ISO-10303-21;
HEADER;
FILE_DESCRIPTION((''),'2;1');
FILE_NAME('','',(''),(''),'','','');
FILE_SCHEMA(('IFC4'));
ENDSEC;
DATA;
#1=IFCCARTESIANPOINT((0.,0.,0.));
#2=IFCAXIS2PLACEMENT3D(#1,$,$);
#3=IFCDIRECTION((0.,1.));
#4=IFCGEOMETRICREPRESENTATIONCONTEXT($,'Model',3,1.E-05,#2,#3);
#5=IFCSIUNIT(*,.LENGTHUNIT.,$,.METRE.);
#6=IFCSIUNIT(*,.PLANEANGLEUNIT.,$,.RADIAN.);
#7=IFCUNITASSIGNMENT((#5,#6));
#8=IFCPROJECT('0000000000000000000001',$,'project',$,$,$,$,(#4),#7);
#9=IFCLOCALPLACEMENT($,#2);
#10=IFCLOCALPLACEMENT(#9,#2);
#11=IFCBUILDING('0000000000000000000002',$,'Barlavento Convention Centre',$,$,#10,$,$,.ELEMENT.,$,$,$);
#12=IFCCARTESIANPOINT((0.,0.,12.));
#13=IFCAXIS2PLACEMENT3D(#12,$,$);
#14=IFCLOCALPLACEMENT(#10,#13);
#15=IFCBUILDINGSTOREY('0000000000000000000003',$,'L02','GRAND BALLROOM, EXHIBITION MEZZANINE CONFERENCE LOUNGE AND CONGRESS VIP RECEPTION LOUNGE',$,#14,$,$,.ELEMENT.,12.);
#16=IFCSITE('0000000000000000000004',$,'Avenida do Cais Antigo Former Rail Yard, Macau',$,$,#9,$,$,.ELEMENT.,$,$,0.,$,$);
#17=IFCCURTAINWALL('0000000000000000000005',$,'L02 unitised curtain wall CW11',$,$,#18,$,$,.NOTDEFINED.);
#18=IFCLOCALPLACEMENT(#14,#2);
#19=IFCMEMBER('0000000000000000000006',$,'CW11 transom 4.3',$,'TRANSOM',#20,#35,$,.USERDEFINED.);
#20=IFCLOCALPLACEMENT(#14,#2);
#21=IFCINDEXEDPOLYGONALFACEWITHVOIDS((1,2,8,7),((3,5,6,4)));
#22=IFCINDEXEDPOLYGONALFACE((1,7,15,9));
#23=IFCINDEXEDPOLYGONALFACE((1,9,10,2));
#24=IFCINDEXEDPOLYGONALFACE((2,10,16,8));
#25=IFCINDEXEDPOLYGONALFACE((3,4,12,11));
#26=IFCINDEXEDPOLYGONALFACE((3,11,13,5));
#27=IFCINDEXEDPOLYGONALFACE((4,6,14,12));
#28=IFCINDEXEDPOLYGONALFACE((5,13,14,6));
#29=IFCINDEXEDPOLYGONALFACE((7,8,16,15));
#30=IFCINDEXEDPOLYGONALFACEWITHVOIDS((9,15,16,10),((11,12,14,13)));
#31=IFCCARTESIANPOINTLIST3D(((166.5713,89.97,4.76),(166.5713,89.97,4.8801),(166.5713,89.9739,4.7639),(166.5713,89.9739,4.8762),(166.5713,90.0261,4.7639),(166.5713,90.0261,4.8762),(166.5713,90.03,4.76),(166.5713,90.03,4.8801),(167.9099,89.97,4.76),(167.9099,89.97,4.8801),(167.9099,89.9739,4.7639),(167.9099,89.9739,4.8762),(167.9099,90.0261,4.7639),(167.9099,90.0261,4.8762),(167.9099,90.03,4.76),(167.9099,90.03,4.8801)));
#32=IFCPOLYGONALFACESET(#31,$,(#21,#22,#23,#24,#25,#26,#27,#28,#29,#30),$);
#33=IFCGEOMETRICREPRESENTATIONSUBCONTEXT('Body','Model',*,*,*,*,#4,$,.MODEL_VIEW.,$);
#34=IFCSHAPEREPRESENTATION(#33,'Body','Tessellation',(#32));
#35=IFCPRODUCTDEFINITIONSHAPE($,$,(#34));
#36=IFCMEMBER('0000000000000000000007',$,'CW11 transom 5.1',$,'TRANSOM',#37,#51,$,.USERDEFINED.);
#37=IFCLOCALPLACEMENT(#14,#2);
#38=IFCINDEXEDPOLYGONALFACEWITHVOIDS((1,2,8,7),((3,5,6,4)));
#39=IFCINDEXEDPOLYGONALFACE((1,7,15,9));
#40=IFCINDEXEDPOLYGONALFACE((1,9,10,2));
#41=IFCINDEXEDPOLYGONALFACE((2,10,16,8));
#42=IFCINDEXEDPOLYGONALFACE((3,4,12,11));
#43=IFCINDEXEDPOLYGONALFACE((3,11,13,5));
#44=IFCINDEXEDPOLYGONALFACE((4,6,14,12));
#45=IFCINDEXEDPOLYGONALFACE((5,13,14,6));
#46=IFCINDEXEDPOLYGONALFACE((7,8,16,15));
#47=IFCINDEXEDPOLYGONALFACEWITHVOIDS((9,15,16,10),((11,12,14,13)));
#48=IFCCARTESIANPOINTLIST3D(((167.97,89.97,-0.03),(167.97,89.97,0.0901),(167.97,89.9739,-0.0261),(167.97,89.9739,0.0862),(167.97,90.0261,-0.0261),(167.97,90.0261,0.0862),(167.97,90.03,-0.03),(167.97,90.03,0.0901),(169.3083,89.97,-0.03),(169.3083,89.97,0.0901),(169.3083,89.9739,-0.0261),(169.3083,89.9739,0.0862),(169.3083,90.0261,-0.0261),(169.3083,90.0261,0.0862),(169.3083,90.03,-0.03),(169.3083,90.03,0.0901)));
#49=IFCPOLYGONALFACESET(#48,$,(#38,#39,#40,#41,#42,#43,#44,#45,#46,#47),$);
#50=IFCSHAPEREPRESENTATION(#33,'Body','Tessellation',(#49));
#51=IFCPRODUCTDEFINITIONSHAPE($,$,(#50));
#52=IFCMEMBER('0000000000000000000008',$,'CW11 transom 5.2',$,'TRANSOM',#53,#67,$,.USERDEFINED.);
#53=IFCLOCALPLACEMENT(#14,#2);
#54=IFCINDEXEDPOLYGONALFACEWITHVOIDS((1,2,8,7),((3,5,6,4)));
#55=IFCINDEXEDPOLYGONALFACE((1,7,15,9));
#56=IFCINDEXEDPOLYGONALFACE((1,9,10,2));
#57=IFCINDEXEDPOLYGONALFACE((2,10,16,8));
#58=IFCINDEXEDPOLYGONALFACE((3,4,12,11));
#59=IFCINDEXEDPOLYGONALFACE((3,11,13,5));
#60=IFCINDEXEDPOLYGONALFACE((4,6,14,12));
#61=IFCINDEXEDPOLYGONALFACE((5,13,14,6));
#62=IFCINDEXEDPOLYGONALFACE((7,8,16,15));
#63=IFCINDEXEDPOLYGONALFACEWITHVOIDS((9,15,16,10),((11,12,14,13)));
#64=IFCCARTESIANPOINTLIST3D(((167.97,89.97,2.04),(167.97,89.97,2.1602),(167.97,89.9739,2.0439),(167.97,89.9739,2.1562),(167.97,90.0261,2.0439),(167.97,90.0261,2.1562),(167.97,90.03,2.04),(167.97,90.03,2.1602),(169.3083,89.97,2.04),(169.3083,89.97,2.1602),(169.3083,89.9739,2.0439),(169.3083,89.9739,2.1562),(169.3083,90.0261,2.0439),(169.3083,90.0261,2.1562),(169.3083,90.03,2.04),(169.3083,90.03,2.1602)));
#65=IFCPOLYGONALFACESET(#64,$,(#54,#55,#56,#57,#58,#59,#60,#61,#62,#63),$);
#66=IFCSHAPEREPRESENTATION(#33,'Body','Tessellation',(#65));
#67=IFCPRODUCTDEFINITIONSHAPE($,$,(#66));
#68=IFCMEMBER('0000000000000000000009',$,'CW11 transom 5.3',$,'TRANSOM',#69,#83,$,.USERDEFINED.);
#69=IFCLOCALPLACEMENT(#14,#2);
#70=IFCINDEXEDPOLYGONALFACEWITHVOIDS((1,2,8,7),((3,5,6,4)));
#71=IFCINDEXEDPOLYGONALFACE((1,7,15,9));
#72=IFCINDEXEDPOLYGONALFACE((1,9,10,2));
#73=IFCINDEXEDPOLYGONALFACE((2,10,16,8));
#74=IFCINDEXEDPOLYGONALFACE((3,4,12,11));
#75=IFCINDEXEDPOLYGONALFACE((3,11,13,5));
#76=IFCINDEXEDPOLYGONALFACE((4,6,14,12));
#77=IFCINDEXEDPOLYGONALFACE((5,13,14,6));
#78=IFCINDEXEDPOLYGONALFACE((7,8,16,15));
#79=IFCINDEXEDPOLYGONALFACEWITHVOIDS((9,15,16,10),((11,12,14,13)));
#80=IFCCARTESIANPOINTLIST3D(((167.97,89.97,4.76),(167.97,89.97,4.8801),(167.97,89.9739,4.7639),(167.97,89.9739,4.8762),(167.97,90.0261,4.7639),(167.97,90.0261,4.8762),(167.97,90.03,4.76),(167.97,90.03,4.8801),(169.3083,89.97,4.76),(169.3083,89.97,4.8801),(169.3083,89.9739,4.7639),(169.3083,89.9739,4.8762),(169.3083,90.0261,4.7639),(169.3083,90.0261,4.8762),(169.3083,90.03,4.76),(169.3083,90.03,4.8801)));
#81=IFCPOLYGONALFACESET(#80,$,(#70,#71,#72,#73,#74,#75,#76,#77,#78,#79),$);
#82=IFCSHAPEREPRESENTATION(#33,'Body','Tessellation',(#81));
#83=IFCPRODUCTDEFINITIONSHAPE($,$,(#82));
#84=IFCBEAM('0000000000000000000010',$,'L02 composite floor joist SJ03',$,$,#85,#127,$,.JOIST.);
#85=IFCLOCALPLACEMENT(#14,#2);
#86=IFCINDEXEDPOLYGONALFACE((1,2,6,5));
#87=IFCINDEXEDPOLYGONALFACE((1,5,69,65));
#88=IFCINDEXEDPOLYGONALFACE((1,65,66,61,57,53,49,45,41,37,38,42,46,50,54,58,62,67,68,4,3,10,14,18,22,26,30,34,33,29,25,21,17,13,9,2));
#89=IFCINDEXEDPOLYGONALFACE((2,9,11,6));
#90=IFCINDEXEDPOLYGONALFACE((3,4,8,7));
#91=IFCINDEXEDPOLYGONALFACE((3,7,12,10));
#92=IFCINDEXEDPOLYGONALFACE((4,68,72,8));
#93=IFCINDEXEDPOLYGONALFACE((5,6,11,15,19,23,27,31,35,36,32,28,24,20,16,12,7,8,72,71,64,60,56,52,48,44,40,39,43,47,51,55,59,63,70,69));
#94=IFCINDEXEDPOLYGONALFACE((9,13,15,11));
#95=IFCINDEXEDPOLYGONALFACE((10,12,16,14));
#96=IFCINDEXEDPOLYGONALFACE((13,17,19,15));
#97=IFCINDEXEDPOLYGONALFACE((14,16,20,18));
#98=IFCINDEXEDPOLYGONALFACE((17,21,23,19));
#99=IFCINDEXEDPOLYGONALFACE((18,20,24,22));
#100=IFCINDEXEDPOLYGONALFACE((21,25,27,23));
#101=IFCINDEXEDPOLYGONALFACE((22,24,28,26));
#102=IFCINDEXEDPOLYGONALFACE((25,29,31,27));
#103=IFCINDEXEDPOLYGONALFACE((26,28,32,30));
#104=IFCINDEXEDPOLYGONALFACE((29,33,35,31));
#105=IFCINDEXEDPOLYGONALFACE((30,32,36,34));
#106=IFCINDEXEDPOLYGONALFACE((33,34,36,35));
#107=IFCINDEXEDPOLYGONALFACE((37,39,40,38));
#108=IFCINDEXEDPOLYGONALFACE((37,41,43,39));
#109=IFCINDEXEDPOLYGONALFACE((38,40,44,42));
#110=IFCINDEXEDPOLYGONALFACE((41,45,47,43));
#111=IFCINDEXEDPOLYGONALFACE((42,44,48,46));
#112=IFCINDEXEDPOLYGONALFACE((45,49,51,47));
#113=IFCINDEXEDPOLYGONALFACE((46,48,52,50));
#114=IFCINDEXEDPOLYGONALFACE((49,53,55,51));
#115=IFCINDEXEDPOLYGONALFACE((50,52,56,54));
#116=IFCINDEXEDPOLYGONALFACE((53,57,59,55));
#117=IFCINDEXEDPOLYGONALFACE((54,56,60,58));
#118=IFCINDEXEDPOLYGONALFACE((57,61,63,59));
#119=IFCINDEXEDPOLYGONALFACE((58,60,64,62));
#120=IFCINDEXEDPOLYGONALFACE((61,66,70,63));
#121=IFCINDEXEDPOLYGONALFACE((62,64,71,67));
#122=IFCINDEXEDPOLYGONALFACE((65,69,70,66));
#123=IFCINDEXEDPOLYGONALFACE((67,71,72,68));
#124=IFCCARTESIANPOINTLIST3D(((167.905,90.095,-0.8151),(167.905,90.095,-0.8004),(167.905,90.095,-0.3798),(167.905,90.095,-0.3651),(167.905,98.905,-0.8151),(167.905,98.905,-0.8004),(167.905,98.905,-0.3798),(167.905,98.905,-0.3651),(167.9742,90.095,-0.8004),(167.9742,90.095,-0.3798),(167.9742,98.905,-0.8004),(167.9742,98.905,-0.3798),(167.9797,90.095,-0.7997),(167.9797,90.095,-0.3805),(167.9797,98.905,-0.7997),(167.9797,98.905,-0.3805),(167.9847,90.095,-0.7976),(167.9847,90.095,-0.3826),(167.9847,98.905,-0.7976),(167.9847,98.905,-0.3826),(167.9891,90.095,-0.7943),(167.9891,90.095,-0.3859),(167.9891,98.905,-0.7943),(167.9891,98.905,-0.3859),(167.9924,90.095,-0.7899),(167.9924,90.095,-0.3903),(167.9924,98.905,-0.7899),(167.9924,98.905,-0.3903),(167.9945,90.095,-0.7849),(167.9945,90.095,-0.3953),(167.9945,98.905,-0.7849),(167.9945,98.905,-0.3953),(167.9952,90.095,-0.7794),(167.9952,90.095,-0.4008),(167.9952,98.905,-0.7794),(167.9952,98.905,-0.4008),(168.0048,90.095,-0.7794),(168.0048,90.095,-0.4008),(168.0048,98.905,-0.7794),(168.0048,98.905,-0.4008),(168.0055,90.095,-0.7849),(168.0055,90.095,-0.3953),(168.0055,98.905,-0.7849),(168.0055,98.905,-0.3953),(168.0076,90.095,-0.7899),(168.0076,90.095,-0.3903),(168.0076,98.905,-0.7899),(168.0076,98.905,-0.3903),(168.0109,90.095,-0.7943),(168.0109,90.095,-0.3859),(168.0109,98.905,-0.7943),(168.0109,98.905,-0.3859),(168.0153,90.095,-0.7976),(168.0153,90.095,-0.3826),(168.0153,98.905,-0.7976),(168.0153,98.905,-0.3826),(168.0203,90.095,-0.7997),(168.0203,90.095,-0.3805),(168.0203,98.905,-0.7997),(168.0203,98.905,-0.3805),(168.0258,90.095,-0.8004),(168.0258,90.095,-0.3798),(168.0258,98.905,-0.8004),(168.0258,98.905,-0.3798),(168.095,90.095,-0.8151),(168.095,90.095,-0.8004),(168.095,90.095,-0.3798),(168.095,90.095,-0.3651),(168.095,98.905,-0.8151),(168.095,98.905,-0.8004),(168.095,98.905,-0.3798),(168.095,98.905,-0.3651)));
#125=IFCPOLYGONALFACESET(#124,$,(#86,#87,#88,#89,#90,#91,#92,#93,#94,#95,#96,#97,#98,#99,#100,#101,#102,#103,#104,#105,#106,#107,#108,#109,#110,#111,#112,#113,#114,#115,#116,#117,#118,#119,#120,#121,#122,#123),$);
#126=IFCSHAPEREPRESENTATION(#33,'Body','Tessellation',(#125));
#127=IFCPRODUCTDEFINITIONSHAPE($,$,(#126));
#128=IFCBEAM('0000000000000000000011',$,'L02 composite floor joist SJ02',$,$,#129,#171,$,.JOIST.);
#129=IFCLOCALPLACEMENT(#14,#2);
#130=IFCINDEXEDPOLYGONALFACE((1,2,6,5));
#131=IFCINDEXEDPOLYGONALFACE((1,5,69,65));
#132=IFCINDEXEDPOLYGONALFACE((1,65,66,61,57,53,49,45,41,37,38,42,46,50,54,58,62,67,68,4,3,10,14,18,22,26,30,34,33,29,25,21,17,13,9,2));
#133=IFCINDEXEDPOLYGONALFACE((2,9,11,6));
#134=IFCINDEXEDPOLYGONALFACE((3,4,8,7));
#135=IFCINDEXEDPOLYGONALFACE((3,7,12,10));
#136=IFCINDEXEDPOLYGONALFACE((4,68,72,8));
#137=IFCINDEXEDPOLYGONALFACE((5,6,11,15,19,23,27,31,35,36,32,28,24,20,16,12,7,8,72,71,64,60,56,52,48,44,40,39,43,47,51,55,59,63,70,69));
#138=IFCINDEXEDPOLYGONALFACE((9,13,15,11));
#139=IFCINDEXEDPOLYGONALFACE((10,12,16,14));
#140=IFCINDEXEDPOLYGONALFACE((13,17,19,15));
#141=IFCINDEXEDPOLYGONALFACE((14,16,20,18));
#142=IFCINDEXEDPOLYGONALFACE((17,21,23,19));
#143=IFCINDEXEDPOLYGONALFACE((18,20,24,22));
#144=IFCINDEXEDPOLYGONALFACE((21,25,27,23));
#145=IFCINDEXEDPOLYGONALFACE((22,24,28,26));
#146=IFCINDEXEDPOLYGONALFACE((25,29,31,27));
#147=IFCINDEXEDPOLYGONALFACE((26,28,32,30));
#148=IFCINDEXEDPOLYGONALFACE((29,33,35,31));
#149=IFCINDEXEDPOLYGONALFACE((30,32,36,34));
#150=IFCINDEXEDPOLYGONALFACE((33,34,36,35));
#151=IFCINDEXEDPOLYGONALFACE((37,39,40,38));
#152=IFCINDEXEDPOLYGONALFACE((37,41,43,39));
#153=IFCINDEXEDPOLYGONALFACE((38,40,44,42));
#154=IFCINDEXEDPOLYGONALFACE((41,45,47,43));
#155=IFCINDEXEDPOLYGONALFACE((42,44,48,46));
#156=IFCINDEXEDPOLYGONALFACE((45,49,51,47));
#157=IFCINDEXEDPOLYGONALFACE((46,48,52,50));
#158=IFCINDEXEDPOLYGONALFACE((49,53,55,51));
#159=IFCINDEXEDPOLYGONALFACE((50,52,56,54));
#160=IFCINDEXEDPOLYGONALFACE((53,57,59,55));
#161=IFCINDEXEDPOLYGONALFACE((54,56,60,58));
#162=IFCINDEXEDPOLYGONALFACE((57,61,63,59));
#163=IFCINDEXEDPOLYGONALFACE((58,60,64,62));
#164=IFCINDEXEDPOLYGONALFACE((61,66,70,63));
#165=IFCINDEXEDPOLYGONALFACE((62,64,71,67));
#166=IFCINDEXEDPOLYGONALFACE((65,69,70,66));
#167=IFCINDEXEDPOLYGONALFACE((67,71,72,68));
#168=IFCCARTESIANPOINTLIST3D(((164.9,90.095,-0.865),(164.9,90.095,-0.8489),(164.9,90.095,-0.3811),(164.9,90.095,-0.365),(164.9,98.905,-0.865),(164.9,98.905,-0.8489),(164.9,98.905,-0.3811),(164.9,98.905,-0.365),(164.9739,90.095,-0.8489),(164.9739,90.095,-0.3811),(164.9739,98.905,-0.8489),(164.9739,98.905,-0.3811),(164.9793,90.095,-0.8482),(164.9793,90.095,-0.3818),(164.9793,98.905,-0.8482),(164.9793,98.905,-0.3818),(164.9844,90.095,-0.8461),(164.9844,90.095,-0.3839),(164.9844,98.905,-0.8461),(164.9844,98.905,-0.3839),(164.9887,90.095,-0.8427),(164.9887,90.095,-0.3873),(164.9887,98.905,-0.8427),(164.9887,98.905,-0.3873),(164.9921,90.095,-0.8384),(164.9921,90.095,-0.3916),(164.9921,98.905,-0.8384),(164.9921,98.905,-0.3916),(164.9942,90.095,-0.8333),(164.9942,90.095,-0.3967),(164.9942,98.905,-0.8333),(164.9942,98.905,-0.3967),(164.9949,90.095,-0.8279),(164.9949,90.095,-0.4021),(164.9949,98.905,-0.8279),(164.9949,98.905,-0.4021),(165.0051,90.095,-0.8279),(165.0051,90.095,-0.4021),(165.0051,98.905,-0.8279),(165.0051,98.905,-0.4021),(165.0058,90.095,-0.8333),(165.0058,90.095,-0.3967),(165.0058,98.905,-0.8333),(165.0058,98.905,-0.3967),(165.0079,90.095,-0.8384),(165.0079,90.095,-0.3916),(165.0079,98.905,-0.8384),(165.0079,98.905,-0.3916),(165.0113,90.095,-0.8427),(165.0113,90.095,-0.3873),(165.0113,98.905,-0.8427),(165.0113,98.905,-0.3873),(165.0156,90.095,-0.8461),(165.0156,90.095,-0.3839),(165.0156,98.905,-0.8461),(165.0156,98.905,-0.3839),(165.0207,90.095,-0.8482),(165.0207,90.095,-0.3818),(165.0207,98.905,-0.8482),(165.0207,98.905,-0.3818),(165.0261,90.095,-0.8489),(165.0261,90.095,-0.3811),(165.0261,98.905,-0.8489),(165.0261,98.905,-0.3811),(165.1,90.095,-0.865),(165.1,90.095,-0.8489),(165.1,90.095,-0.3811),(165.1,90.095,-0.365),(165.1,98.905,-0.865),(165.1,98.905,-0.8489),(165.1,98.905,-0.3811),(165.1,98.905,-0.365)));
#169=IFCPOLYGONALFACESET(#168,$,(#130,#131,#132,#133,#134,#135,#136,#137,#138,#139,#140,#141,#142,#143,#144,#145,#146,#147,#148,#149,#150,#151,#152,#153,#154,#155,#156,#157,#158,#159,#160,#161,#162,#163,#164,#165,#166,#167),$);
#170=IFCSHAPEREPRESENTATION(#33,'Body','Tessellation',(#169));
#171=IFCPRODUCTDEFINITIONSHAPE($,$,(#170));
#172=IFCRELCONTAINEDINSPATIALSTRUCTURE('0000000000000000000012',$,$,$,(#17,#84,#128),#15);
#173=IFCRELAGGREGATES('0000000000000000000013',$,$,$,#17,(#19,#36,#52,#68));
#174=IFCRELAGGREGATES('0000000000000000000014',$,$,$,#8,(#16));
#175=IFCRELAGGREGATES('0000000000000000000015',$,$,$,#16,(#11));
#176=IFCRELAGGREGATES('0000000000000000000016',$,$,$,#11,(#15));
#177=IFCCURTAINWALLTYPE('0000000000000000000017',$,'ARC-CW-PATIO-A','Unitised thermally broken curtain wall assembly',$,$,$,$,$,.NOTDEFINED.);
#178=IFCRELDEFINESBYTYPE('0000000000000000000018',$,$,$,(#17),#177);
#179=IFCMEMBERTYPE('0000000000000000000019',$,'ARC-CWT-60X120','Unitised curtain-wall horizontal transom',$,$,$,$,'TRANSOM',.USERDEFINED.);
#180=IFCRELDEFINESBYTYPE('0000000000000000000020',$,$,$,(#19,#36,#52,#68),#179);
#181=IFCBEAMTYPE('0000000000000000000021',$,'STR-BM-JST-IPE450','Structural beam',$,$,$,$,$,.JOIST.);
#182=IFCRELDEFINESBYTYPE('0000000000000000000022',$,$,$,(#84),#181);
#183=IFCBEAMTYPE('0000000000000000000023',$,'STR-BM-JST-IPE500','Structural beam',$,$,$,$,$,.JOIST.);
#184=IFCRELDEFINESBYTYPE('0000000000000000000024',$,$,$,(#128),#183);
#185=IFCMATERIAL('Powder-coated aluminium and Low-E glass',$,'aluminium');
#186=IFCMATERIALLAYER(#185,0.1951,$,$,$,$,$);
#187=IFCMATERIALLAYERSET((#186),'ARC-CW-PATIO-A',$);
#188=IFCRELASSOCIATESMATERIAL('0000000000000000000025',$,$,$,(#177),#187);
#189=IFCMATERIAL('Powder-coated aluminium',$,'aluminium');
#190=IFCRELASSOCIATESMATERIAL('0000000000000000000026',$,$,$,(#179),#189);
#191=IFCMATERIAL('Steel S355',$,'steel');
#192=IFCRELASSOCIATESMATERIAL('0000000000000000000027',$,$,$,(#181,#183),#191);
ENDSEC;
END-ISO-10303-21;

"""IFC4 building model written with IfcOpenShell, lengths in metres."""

from ifc_helpers import new_model, si_unit, direction, frame, origin, origin_2d, place, context, subcontext, project, spatial, hollow_rectangle, i_section, extrude, material, layer, layer_set, material_profile, profile_set, type_object, element, aggregate, save


model = new_model("IFC4")

# Units and contexts
model_context = context("Model", 3, precision=1e-05, world=origin(), true_north=direction((0.0, 1.0)))
body_context = subcontext(model_context, "Body", "Model", "MODEL_VIEW")
ifc_project = project(units=[si_unit("LENGTHUNIT", "METRE"), si_unit("PLANEANGLEUNIT", "RADIAN")], contexts=[model_context])

# Site, building, storey
site_placement = place(None, origin())
site = spatial("IfcSite", under=ifc_project, at=site_placement, Name="Avenida do Cais Antigo Former Rail Yard, Macau", CompositionType="ELEMENT", RefElevation=0.0)
building_placement = place(site_placement, origin())
building = spatial("IfcBuilding", under=site, at=building_placement, Name="Barlavento Convention Centre", CompositionType="ELEMENT")
storey_placement = place(building_placement, frame((0.0, 0.0, 12.0)))
storey = spatial("IfcBuildingStorey", under=building, at=storey_placement, Name="L02", Description="GRAND BALLROOM, EXHIBITION MEZZANINE CONFERENCE LOUNGE AND CONGRESS VIP RECEPTION LOUNGE", CompositionType="ELEMENT", Elevation=12.0)

# Shared definitions
ifc_material_1 = material(Name="Steel S355", Category="steel")

# Shared definitions
ifc_material_2 = material(Name="Powder-coated aluminium and Low-E glass", Category="aluminium")
ifc_layer_1 = layer(ifc_material_2, 0.1951)
ifc_layer_set_1 = layer_set([ifc_layer_1], Name="ARC-CW-PATIO-A")
curtain_wall_type = type_object("IfcCurtainWallType", Name="ARC-CW-PATIO-A", Description="Unitised thermally broken curtain wall assembly", PredefinedType="NOTDEFINED", material=ifc_layer_set_1)
ifc_material_3 = material(Name="Powder-coated aluminium", Category="aluminium")

# Curtain wall
curtain_wall_1_placement = place(storey_placement, origin())
curtain_wall_1 = element("IfcCurtainWall", 1, at=curtain_wall_1_placement, inside=storey, type_object=curtain_wall_type, Name="L02 unitised curtain wall CW11", PredefinedType="NOTDEFINED")

# Members
ifc_material_profile_1 = material_profile(ifc_material_3, hollow_rectangle(XDim=0.0601, YDim=0.1201, WallThickness=0.0039, at=origin_2d()), Name="AL-TRAN 60x120x4")
ifc_profile_set_1 = profile_set([ifc_material_profile_1], Name="Powder-coated aluminium")
member_type_1 = type_object("IfcMemberType", Name="ARC-CWT-60X120", Description="Unitised curtain-wall horizontal transom", ElementType="TRANSOM", PredefinedType="USERDEFINED", material=ifc_profile_set_1)
member_1_placement = place(storey_placement, frame((166.5713, 90.0, 4.8201), z_axis=(1.0, 0.0, 0.0), x_axis=(0.0, 1.0, 0.0)))
member_1 = element("IfcMember", 2, at=member_1_placement, type_object=member_type_1, Name="CW11 transom 4.3", ObjectType="TRANSOM", PredefinedType="USERDEFINED", context=body_context, shape_type="SweptSolid", body=[
    extrude(hollow_rectangle(XDim=0.0601, YDim=0.1201, WallThickness=0.0039, at=origin_2d()), origin(), (0.0, 0.0, 1.0), 1.3386),
])
member_2_placement = place(storey_placement, frame((167.97, 90.0, 0.03), z_axis=(1.0, 0.0, 0.0), x_axis=(0.0, 1.0, 0.0)))
member_2 = element("IfcMember", 3, at=member_2_placement, type_object=member_type_1, Name="CW11 transom 5.1", ObjectType="TRANSOM", PredefinedType="USERDEFINED", context=body_context, shape_type="SweptSolid", body=[
    extrude(hollow_rectangle(XDim=0.0601, YDim=0.1201, WallThickness=0.0039, at=origin_2d()), origin(), (0.0, 0.0, 1.0), 1.3384),
])
member_3_placement = place(storey_placement, frame((167.97, 90.0, 2.1001), z_axis=(1.0, 0.0, 0.0), x_axis=(0.0, 1.0, 0.0)))
member_3 = element("IfcMember", 4, at=member_3_placement, type_object=member_type_1, Name="CW11 transom 5.2", ObjectType="TRANSOM", PredefinedType="USERDEFINED", context=body_context, shape_type="SweptSolid", body=[
    extrude(hollow_rectangle(XDim=0.0601, YDim=0.1201, WallThickness=0.0039, at=origin_2d()), origin(), (0.0, 0.0, 1.0), 1.3384),
])
member_4_placement = place(storey_placement, frame((167.97, 90.0, 4.8201), z_axis=(1.0, 0.0, 0.0), x_axis=(0.0, 1.0, 0.0)))
member_4 = element("IfcMember", 5, at=member_4_placement, type_object=member_type_1, Name="CW11 transom 5.3", ObjectType="TRANSOM", PredefinedType="USERDEFINED", context=body_context, shape_type="SweptSolid", body=[
    extrude(hollow_rectangle(XDim=0.0601, YDim=0.1201, WallThickness=0.0039, at=origin_2d()), origin(), (0.0, 0.0, 1.0), 1.3384),
])

# Beams
ifc_material_profile_2 = material_profile(ifc_material_1, i_section(OverallWidth=0.1899, OverallDepth=0.45, WebThickness=0.0095, FlangeThickness=0.0146, FilletRadius=0.021, at=origin_2d()), Name="IPE 450")
ifc_profile_set_2 = profile_set([ifc_material_profile_2], Name="Steel S355")
beam_type_1 = type_object("IfcBeamType", Name="STR-BM-JST-IPE450", Description="Structural beam", PredefinedType="JOIST", material=ifc_profile_set_2)
beam_1_placement = place(storey_placement, frame((168.0, 90.095, -0.5901), z_axis=(0.0, 1.0, 0.0), x_axis=(-1.0, 0.0, 0.0)))
element("IfcBeam", 6, at=beam_1_placement, inside=storey, type_object=beam_type_1, Name="L02 composite floor joist SJ03", PredefinedType="JOIST", context=body_context, shape_type="SweptSolid", body=[
    extrude(i_section(OverallWidth=0.1899, OverallDepth=0.45, WebThickness=0.0095, FlangeThickness=0.0146, FilletRadius=0.021, at=origin_2d()), origin(), (0.0, 0.0, 1.0), 8.8101),
])
ifc_material_profile_3 = material_profile(ifc_material_1, i_section(OverallWidth=0.2, OverallDepth=0.5, WebThickness=0.0103, FlangeThickness=0.0161, FilletRadius=0.021, at=origin_2d()), Name="IPE 500")
ifc_profile_set_3 = profile_set([ifc_material_profile_3], Name="Steel S355")
beam_type_2 = type_object("IfcBeamType", Name="STR-BM-JST-IPE500", Description="Structural beam", PredefinedType="JOIST", material=ifc_profile_set_3)
beam_2_placement = place(storey_placement, frame((165.0, 90.095, -0.615), z_axis=(0.0, 1.0, 0.0), x_axis=(-1.0, 0.0, 0.0)))
element("IfcBeam", 7, at=beam_2_placement, inside=storey, type_object=beam_type_2, Name="L02 composite floor joist SJ02", PredefinedType="JOIST", context=body_context, shape_type="SweptSolid", body=[
    extrude(i_section(OverallWidth=0.2, OverallDepth=0.5, WebThickness=0.0103, FlangeThickness=0.0161, FilletRadius=0.021, at=origin_2d()), origin(), (0.0, 0.0, 1.0), 8.8101),
])

aggregate(curtain_wall_1, [member_1, member_2, member_3, member_4])

save(model, "model.ifc")
